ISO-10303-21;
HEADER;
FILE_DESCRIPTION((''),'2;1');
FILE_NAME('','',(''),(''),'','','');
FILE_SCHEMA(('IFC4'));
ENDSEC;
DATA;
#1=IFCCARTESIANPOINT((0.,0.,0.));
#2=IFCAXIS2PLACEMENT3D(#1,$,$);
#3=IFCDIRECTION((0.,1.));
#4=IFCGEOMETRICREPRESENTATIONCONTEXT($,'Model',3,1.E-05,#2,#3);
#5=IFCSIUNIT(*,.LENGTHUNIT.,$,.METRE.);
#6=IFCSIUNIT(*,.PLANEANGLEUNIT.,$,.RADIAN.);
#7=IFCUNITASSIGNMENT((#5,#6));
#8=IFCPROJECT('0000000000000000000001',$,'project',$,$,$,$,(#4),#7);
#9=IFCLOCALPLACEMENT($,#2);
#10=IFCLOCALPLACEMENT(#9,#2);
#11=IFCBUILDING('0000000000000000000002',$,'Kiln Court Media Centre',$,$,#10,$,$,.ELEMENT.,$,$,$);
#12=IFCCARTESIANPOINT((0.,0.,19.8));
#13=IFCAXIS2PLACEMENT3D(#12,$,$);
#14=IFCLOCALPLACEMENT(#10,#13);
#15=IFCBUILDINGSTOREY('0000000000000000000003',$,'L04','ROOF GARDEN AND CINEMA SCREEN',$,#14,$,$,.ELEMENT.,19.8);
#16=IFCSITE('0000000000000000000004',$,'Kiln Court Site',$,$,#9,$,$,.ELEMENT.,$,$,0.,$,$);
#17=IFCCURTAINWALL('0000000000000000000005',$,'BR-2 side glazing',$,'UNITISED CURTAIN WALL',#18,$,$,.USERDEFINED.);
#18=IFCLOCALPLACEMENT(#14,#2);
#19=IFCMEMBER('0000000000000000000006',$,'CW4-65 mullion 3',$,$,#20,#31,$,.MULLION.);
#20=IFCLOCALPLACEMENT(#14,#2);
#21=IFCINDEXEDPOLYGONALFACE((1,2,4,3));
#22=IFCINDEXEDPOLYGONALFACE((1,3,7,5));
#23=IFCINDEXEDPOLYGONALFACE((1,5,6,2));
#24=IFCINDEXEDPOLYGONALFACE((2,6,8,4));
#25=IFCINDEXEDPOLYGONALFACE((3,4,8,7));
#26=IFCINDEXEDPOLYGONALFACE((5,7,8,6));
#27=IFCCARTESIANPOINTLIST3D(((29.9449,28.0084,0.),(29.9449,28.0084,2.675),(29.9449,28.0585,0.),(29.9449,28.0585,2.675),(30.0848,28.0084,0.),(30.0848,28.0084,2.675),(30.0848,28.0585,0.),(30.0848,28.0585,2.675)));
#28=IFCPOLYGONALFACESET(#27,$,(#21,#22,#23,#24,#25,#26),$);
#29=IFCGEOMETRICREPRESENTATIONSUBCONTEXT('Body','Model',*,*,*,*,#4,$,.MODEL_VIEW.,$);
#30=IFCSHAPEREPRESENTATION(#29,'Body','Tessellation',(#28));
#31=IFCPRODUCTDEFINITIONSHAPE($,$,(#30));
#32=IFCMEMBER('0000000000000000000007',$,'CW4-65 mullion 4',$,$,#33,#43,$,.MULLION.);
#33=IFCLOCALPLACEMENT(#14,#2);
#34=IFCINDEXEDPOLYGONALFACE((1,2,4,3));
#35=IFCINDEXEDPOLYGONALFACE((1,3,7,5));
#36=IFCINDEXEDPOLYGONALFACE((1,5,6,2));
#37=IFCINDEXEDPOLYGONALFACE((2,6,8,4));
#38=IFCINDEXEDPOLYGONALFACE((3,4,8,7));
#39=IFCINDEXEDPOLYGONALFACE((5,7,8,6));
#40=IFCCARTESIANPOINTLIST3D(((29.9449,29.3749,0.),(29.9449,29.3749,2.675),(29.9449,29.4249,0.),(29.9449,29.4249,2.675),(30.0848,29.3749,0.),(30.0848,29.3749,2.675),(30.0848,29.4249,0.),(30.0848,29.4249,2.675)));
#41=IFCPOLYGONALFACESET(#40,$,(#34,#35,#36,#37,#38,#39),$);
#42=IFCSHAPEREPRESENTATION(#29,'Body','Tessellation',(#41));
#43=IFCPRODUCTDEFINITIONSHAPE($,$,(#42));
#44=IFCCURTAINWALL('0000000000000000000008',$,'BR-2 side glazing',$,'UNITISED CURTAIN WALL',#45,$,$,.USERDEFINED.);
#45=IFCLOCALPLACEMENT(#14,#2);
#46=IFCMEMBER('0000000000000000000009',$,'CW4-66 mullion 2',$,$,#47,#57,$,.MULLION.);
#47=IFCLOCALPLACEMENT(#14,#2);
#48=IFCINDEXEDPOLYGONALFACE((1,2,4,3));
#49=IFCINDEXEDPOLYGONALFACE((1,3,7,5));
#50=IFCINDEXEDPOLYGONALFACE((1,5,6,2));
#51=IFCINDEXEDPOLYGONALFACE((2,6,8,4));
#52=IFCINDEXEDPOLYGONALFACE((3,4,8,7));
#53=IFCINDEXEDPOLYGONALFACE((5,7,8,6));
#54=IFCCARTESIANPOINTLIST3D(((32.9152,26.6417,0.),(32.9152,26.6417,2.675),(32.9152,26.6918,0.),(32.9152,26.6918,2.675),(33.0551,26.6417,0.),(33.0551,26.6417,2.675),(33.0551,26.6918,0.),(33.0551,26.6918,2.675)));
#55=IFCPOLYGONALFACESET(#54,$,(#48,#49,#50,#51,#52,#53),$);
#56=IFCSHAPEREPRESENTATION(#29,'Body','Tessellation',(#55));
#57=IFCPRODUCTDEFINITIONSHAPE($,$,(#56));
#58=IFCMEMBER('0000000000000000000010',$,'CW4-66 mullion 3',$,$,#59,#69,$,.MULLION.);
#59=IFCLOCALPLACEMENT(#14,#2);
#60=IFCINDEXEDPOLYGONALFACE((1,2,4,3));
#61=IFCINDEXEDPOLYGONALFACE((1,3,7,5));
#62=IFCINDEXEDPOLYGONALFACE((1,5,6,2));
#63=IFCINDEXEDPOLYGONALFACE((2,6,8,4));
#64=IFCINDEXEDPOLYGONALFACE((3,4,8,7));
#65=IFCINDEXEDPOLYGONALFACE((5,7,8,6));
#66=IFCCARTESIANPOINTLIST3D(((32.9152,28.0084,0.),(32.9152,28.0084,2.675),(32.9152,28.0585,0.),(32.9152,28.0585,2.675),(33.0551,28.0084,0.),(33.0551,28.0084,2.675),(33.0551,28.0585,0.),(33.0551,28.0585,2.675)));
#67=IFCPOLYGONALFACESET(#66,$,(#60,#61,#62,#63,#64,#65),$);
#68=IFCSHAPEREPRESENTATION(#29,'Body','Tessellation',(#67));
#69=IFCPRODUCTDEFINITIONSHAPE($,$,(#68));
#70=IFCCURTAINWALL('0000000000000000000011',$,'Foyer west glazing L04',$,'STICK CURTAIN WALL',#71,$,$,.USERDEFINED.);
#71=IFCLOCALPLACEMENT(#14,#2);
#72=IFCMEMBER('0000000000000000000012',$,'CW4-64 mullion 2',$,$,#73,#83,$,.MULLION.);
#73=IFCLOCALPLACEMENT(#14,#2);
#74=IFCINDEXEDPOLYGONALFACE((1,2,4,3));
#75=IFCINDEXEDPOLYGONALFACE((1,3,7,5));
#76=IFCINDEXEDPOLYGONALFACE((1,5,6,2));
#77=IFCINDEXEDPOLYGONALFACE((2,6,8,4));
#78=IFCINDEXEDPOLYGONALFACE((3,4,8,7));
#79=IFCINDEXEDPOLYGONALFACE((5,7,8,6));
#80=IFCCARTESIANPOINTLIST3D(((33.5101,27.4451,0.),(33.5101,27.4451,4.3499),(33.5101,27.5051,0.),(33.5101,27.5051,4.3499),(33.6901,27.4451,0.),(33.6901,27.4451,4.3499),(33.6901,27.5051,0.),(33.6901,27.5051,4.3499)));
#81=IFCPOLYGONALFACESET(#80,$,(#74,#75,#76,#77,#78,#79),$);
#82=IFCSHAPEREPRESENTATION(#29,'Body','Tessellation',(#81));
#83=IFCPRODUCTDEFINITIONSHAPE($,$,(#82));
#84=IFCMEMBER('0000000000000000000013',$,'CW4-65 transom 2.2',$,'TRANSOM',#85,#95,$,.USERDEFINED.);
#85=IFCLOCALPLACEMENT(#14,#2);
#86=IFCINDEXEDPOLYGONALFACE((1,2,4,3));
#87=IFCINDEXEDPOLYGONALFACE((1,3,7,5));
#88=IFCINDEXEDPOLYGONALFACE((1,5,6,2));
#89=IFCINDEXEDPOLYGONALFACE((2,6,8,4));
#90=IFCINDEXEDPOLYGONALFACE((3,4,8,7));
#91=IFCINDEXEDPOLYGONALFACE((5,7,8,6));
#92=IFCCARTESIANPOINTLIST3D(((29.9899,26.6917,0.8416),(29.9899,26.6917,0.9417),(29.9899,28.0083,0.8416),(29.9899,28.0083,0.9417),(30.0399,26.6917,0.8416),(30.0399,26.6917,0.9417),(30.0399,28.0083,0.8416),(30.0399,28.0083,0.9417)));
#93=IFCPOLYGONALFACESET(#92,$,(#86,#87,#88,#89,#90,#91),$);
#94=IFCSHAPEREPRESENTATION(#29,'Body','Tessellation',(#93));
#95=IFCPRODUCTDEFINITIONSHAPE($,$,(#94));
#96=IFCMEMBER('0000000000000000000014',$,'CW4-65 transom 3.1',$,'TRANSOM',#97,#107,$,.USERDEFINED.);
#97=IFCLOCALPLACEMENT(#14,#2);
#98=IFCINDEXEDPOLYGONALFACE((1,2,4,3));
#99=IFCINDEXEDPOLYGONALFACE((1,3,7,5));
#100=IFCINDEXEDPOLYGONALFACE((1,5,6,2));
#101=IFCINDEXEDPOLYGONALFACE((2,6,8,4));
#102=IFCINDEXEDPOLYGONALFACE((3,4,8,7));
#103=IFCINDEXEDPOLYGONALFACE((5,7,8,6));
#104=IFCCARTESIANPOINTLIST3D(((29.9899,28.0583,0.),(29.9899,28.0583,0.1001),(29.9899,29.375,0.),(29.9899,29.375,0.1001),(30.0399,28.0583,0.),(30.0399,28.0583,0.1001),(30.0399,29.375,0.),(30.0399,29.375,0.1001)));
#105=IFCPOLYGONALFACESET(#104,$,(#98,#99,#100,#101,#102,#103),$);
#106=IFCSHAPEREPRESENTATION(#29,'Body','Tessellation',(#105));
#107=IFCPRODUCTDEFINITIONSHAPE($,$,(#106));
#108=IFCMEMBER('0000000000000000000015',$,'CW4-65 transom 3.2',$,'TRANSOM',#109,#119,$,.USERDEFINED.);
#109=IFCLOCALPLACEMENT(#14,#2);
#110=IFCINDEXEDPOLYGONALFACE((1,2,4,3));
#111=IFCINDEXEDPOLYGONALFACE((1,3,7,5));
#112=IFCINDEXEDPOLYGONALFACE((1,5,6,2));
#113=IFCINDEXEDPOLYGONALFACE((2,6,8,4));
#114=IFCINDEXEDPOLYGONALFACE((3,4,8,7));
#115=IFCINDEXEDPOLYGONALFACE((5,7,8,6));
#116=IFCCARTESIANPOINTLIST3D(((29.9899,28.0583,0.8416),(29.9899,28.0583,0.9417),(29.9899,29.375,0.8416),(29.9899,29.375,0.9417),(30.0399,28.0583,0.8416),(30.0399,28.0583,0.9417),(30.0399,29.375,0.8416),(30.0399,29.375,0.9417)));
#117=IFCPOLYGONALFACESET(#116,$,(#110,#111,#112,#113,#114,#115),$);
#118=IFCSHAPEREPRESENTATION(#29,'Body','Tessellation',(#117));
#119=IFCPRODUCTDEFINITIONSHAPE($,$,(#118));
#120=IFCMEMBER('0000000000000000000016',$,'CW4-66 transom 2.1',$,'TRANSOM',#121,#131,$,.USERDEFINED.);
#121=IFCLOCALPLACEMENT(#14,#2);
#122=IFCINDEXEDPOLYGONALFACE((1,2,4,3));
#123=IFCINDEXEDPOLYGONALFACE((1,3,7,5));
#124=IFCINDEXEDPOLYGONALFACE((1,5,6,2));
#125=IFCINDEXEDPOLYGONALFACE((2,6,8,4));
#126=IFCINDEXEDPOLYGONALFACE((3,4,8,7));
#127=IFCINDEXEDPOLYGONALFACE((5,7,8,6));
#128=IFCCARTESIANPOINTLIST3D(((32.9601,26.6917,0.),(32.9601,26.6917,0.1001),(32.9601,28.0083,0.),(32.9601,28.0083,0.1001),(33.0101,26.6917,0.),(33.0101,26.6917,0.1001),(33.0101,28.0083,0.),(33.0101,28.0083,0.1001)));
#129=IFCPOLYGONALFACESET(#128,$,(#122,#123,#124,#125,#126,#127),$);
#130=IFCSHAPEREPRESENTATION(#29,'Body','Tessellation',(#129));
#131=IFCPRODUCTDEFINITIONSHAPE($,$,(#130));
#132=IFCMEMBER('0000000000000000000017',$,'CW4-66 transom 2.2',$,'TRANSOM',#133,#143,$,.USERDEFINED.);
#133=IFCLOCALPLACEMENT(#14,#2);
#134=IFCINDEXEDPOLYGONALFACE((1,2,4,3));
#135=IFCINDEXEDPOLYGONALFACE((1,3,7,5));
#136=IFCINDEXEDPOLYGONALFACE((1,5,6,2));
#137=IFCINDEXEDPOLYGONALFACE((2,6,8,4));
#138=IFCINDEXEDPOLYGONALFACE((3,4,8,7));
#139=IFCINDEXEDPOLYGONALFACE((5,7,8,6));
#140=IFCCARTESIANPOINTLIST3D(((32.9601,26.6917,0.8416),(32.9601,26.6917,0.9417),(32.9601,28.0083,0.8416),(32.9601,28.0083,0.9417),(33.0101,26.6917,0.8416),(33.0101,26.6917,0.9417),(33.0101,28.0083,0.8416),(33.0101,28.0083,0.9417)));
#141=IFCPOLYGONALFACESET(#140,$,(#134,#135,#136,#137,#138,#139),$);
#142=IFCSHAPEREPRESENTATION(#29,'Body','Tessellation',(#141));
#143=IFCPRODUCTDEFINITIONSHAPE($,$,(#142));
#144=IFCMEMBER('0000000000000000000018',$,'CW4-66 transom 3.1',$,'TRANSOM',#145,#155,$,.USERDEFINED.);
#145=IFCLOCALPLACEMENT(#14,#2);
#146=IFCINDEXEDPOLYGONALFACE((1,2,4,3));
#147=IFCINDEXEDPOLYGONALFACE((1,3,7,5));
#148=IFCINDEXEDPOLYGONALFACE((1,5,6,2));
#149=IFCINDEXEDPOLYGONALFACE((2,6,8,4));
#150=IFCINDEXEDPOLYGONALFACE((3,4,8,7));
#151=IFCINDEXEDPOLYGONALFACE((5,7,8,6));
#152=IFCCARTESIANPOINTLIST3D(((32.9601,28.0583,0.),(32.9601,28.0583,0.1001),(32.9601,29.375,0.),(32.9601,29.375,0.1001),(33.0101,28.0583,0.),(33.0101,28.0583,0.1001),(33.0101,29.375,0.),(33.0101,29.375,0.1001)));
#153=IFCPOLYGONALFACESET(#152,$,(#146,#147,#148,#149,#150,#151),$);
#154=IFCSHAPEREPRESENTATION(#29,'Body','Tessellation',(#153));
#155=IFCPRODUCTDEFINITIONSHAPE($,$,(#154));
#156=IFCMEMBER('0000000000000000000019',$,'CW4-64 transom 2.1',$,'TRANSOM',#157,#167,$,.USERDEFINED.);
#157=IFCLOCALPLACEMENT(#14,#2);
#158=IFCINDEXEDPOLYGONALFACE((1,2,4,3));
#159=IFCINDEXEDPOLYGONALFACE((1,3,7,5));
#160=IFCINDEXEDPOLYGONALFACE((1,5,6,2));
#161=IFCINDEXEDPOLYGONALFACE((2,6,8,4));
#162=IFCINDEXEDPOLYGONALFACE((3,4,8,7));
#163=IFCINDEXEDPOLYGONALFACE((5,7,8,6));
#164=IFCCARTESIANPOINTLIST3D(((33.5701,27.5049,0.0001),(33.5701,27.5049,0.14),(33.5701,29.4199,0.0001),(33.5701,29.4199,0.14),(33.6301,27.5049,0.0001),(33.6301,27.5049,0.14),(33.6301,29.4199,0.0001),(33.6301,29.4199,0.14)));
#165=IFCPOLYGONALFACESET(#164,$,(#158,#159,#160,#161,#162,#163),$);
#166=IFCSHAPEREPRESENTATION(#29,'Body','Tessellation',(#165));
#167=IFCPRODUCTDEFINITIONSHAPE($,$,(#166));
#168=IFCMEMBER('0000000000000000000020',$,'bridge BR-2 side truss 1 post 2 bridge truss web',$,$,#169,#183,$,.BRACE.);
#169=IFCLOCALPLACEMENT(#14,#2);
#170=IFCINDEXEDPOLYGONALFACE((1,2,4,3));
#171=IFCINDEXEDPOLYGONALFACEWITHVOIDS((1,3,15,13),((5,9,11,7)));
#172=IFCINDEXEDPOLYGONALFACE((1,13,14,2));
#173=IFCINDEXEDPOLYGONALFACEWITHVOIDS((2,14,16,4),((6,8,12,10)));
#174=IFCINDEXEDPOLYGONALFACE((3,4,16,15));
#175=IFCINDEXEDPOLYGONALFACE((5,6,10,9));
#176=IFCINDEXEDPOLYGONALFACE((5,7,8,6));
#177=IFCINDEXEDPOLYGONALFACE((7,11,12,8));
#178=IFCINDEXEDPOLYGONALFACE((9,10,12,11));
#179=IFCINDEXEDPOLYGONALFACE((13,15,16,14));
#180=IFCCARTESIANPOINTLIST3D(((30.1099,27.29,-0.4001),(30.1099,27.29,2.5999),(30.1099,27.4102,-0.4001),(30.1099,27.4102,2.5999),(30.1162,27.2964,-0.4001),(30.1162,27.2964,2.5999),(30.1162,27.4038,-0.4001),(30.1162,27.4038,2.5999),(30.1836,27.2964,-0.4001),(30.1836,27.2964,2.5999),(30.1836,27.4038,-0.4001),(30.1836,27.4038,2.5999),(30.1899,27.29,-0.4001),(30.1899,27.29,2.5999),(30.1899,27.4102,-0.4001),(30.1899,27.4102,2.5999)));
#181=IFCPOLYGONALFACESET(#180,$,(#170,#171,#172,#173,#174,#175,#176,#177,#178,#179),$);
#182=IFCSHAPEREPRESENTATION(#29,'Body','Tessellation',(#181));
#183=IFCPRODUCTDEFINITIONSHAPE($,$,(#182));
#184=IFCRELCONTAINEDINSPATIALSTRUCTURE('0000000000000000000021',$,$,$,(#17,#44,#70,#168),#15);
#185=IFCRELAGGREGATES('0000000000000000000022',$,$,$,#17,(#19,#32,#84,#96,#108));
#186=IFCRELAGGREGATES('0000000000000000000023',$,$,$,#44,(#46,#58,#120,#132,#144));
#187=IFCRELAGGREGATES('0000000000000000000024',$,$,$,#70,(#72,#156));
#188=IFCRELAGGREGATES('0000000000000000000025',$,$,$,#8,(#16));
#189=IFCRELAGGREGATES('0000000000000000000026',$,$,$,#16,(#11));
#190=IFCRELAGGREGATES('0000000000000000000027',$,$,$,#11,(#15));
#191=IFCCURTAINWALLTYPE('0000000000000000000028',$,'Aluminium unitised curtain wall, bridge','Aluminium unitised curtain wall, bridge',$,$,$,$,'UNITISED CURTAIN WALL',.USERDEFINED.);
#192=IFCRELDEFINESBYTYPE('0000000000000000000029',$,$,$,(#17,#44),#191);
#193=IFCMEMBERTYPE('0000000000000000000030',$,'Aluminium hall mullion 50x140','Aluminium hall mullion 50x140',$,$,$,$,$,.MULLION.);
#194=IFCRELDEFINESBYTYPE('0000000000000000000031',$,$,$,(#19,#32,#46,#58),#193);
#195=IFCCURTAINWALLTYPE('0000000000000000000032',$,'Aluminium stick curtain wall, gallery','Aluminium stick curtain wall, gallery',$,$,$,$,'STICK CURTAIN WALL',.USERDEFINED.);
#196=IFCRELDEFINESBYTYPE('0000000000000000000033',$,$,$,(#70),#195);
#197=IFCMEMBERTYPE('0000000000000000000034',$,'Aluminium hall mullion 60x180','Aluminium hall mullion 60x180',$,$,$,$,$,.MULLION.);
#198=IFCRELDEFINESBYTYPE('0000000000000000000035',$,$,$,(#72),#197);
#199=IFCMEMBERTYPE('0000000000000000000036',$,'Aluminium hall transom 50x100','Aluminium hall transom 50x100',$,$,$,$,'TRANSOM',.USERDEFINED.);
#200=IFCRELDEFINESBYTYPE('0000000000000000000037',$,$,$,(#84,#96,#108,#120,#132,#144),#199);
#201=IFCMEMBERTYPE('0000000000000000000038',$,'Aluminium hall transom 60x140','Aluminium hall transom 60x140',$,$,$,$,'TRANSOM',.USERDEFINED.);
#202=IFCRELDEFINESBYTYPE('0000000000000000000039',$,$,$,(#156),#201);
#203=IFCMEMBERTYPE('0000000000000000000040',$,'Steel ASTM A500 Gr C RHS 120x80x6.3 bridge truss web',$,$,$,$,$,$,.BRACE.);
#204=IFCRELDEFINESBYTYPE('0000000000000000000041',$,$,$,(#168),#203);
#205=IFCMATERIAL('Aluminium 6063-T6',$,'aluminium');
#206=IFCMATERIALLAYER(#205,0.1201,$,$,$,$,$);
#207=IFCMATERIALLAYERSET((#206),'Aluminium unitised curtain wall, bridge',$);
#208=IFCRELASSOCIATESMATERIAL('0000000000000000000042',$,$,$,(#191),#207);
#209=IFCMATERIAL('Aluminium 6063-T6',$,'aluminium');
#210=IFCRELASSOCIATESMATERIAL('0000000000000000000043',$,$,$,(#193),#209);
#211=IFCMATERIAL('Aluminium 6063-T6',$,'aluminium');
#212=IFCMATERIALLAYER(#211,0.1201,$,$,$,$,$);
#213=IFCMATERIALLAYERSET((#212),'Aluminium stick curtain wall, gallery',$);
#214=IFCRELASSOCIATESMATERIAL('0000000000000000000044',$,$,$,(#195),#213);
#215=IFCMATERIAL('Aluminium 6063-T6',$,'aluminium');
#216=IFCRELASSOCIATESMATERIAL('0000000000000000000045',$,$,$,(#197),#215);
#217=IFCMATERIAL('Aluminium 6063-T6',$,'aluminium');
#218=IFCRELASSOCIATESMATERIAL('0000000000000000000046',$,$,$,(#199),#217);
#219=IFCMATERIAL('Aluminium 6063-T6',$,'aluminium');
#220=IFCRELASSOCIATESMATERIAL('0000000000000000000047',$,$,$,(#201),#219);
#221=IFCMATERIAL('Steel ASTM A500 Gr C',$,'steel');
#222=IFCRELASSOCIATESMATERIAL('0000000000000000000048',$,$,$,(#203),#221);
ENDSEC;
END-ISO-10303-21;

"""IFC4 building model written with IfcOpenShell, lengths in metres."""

from ifc_helpers import new_model, si_unit, direction, frame, origin, origin_2d, place, context, subcontext, project, spatial, rectangle, hollow_rectangle, extrude, material, layer, layer_set, material_profile, profile_set, type_object, element, aggregate, save


model = new_model("IFC4")

# Units and contexts
model_context = context("Model", 3, precision=1e-05, world=origin(), true_north=direction((0.0, 1.0)))
body_context = subcontext(model_context, "Body", "Model", "MODEL_VIEW")
ifc_project = project(units=[si_unit("LENGTHUNIT", "METRE"), si_unit("PLANEANGLEUNIT", "RADIAN")], contexts=[model_context])

# Site, building, storey
site_placement = place(None, origin())
site = spatial("IfcSite", under=ifc_project, at=site_placement, Name="Kiln Court Site", CompositionType="ELEMENT", RefElevation=0.0)
building_placement = place(site_placement, origin())
building = spatial("IfcBuilding", under=site, at=building_placement, Name="Kiln Court Media Centre", CompositionType="ELEMENT")
storey_placement = place(building_placement, frame((0.0, 0.0, 19.8)))
storey = spatial("IfcBuildingStorey", under=building, at=storey_placement, Name="L04", Description="ROOF GARDEN AND CINEMA SCREEN", CompositionType="ELEMENT", Elevation=19.8)

# Curtain walls, members
ifc_material_1 = material(Name="Aluminium 6063-T6", Category="aluminium")
ifc_layer_1 = layer(ifc_material_1, 0.1201)
ifc_layer_set_1 = layer_set([ifc_layer_1], Name="Aluminium unitised curtain wall, bridge")
curtain_wall_type_1 = type_object("IfcCurtainWallType", Name="Aluminium unitised curtain wall, bridge", Description="Aluminium unitised curtain wall, bridge", ElementType="UNITISED CURTAIN WALL", PredefinedType="USERDEFINED", material=ifc_layer_set_1)
curtain_wall_1_placement = place(storey_placement, origin())
curtain_wall_1 = element("IfcCurtainWall", 1, at=curtain_wall_1_placement, inside=storey, type_object=curtain_wall_type_1, Name="BR-2 side glazing", ObjectType="UNITISED CURTAIN WALL", PredefinedType="USERDEFINED")
ifc_material_2 = material(Name="Aluminium 6063-T6", Category="aluminium")
ifc_material_profile_1 = material_profile(ifc_material_2, rectangle(XDim=0.05, YDim=0.1399, at=origin_2d()), Name="Aluminium hall mullion 50x140")
ifc_profile_set_1 = profile_set([ifc_material_profile_1], Name="Aluminium 6063-T6")
member_type_1 = type_object("IfcMemberType", Name="Aluminium hall mullion 50x140", Description="Aluminium hall mullion 50x140", PredefinedType="MULLION", material=ifc_profile_set_1)
member_1_placement = place(storey_placement, frame((30.0149, 28.0334, 0.0), z_axis=(0.0, 0.0, 1.0), x_axis=(0.0, 1.0, 0.0)))
member_1 = element("IfcMember", 2, at=member_1_placement, type_object=member_type_1, Name="CW4-65 mullion 3", PredefinedType="MULLION", context=body_context, shape_type="SweptSolid", body=[
    extrude(rectangle(XDim=0.05, YDim=0.1399, at=origin_2d()), origin(), (0.0, 0.0, 1.0), 2.675),
])
member_2_placement = place(storey_placement, frame((30.0149, 29.3999, 0.0), z_axis=(0.0, 0.0, 1.0), x_axis=(0.0, 1.0, 0.0)))
member_2 = element("IfcMember", 3, at=member_2_placement, type_object=member_type_1, Name="CW4-65 mullion 4", PredefinedType="MULLION", context=body_context, shape_type="SweptSolid", body=[
    extrude(rectangle(XDim=0.05, YDim=0.1399, at=origin_2d()), origin(), (0.0, 0.0, 1.0), 2.675),
])
curtain_wall_2_placement = place(storey_placement, origin())
curtain_wall_2 = element("IfcCurtainWall", 4, at=curtain_wall_2_placement, inside=storey, type_object=curtain_wall_type_1, Name="BR-2 side glazing", ObjectType="UNITISED CURTAIN WALL", PredefinedType="USERDEFINED")
member_3_placement = place(storey_placement, frame((32.9851, 26.6667, 0.0), z_axis=(0.0, 0.0, 1.0), x_axis=(0.0, 1.0, 0.0)))
member_3 = element("IfcMember", 5, at=member_3_placement, type_object=member_type_1, Name="CW4-66 mullion 2", PredefinedType="MULLION", context=body_context, shape_type="SweptSolid", body=[
    extrude(rectangle(XDim=0.05, YDim=0.1399, at=origin_2d()), origin(), (0.0, 0.0, 1.0), 2.675),
])
member_4_placement = place(storey_placement, frame((32.9851, 28.0334, 0.0), z_axis=(0.0, 0.0, 1.0), x_axis=(0.0, 1.0, 0.0)))
member_4 = element("IfcMember", 6, at=member_4_placement, type_object=member_type_1, Name="CW4-66 mullion 3", PredefinedType="MULLION", context=body_context, shape_type="SweptSolid", body=[
    extrude(rectangle(XDim=0.05, YDim=0.1399, at=origin_2d()), origin(), (0.0, 0.0, 1.0), 2.675),
])

# Curtain wall, member
ifc_material_3 = material(Name="Aluminium 6063-T6", Category="aluminium")
ifc_layer_2 = layer(ifc_material_3, 0.1201)
ifc_layer_set_2 = layer_set([ifc_layer_2], Name="Aluminium stick curtain wall, gallery")
curtain_wall_type_2 = type_object("IfcCurtainWallType", Name="Aluminium stick curtain wall, gallery", Description="Aluminium stick curtain wall, gallery", ElementType="STICK CURTAIN WALL", PredefinedType="USERDEFINED", material=ifc_layer_set_2)
curtain_wall_3_placement = place(storey_placement, origin())
curtain_wall_3 = element("IfcCurtainWall", 7, at=curtain_wall_3_placement, inside=storey, type_object=curtain_wall_type_2, Name="Foyer west glazing L04", ObjectType="STICK CURTAIN WALL", PredefinedType="USERDEFINED")
ifc_material_4 = material(Name="Aluminium 6063-T6", Category="aluminium")
ifc_material_profile_2 = material_profile(ifc_material_4, rectangle(XDim=0.0601, YDim=0.1799, at=origin_2d()), Name="Aluminium hall mullion 60x180")
ifc_profile_set_2 = profile_set([ifc_material_profile_2], Name="Aluminium 6063-T6")
member_type_2 = type_object("IfcMemberType", Name="Aluminium hall mullion 60x180", Description="Aluminium hall mullion 60x180", PredefinedType="MULLION", material=ifc_profile_set_2)
member_5_placement = place(storey_placement, frame((33.6001, 27.4751, 0.0), z_axis=(0.0, 0.0, 1.0), x_axis=(0.0, 1.0, 0.0)))
member_5 = element("IfcMember", 8, at=member_5_placement, type_object=member_type_2, Name="CW4-64 mullion 2", PredefinedType="MULLION", context=body_context, shape_type="SweptSolid", body=[
    extrude(rectangle(XDim=0.0601, YDim=0.1799, at=origin_2d()), origin(), (0.0, 0.0, 1.0), 4.3499),
])

# Members
ifc_material_5 = material(Name="Aluminium 6063-T6", Category="aluminium")
ifc_material_profile_3 = material_profile(ifc_material_5, rectangle(XDim=0.05, YDim=0.1001, at=origin_2d()), Name="Aluminium hall transom 50x100")
ifc_profile_set_3 = profile_set([ifc_material_profile_3], Name="Aluminium 6063-T6")
member_type_3 = type_object("IfcMemberType", Name="Aluminium hall transom 50x100", Description="Aluminium hall transom 50x100", ElementType="TRANSOM", PredefinedType="USERDEFINED", material=ifc_profile_set_3)
member_6_placement = place(storey_placement, frame((30.0149, 26.6917, 0.8916), z_axis=(0.0, 1.0, 0.0), x_axis=(-1.0, 0.0, 0.0)))
member_6 = element("IfcMember", 9, at=member_6_placement, type_object=member_type_3, Name="CW4-65 transom 2.2", ObjectType="TRANSOM", PredefinedType="USERDEFINED", context=body_context, shape_type="SweptSolid", body=[
    extrude(rectangle(XDim=0.05, YDim=0.1001, at=origin_2d()), origin(), (0.0, 0.0, 1.0), 1.3167),
])
member_7_placement = place(storey_placement, frame((30.0149, 28.0583, 0.05), z_axis=(0.0, 1.0, 0.0), x_axis=(-1.0, 0.0, 0.0)))
member_7 = element("IfcMember", 10, at=member_7_placement, type_object=member_type_3, Name="CW4-65 transom 3.1", ObjectType="TRANSOM", PredefinedType="USERDEFINED", context=body_context, shape_type="SweptSolid", body=[
    extrude(rectangle(XDim=0.05, YDim=0.1001, at=origin_2d()), origin(), (0.0, 0.0, 1.0), 1.3167),
])
member_8_placement = place(storey_placement, frame((30.0149, 28.0583, 0.8916), z_axis=(0.0, 1.0, 0.0), x_axis=(-1.0, 0.0, 0.0)))
member_8 = element("IfcMember", 11, at=member_8_placement, type_object=member_type_3, Name="CW4-65 transom 3.2", ObjectType="TRANSOM", PredefinedType="USERDEFINED", context=body_context, shape_type="SweptSolid", body=[
    extrude(rectangle(XDim=0.05, YDim=0.1001, at=origin_2d()), origin(), (0.0, 0.0, 1.0), 1.3167),
])
member_9_placement = place(storey_placement, frame((32.9851, 26.6917, 0.05), z_axis=(0.0, 1.0, 0.0), x_axis=(-1.0, 0.0, 0.0)))
member_9 = element("IfcMember", 12, at=member_9_placement, type_object=member_type_3, Name="CW4-66 transom 2.1", ObjectType="TRANSOM", PredefinedType="USERDEFINED", context=body_context, shape_type="SweptSolid", body=[
    extrude(rectangle(XDim=0.05, YDim=0.1001, at=origin_2d()), origin(), (0.0, 0.0, 1.0), 1.3167),
])
member_10_placement = place(storey_placement, frame((32.9851, 26.6917, 0.8916), z_axis=(0.0, 1.0, 0.0), x_axis=(-1.0, 0.0, 0.0)))
member_10 = element("IfcMember", 13, at=member_10_placement, type_object=member_type_3, Name="CW4-66 transom 2.2", ObjectType="TRANSOM", PredefinedType="USERDEFINED", context=body_context, shape_type="SweptSolid", body=[
    extrude(rectangle(XDim=0.05, YDim=0.1001, at=origin_2d()), origin(), (0.0, 0.0, 1.0), 1.3167),
])
member_11_placement = place(storey_placement, frame((32.9851, 28.0583, 0.05), z_axis=(0.0, 1.0, 0.0), x_axis=(-1.0, 0.0, 0.0)))
member_11 = element("IfcMember", 14, at=member_11_placement, type_object=member_type_3, Name="CW4-66 transom 3.1", ObjectType="TRANSOM", PredefinedType="USERDEFINED", context=body_context, shape_type="SweptSolid", body=[
    extrude(rectangle(XDim=0.05, YDim=0.1001, at=origin_2d()), origin(), (0.0, 0.0, 1.0), 1.3167),
])
ifc_material_6 = material(Name="Aluminium 6063-T6", Category="aluminium")
ifc_material_profile_4 = material_profile(ifc_material_6, rectangle(XDim=0.0601, YDim=0.1399, at=origin_2d()), Name="Aluminium hall transom 60x140")
ifc_profile_set_4 = profile_set([ifc_material_profile_4], Name="Aluminium 6063-T6")
member_type_4 = type_object("IfcMemberType", Name="Aluminium hall transom 60x140", Description="Aluminium hall transom 60x140", ElementType="TRANSOM", PredefinedType="USERDEFINED", material=ifc_profile_set_4)
member_12_placement = place(storey_placement, frame((33.6001, 27.5049, 0.0701), z_axis=(0.0, 1.0, 0.0), x_axis=(-1.0, 0.0, 0.0)))
member_12 = element("IfcMember", 15, at=member_12_placement, type_object=member_type_4, Name="CW4-64 transom 2.1", ObjectType="TRANSOM", PredefinedType="USERDEFINED", context=body_context, shape_type="SweptSolid", body=[
    extrude(rectangle(XDim=0.0601, YDim=0.1399, at=origin_2d()), origin(), (0.0, 0.0, 1.0), 1.915),
])

# Member
ifc_material_7 = material(Name="Steel ASTM A500 Gr C", Category="steel")
ifc_material_profile_5 = material_profile(ifc_material_7, hollow_rectangle(XDim=0.0801, YDim=0.1201, WallThickness=0.0063, at=origin_2d()), Name="RHS 120x80x6.3")
ifc_profile_set_5 = profile_set([ifc_material_profile_5], Name="Steel ASTM A500 Gr C")
member_type_5 = type_object("IfcMemberType", Name="Steel ASTM A500 Gr C RHS 120x80x6.3 bridge truss web", PredefinedType="BRACE", material=ifc_profile_set_5)
for number, where, z_axis, x_axis, name in (
    (16, (30.1499, 27.3501, -0.4001), (0.0, 0.0, 1.0), (1.0, 0.0, 0.0), "bridge BR-2 side truss 1 post 2 bridge truss web"),
):
    element("IfcMember", number, at=place(storey_placement, frame(where, z_axis=z_axis, x_axis=x_axis)), inside=storey, type_object=member_type_5, Name=name, PredefinedType="BRACE", context=body_context, shape_type="SweptSolid", body=[
        extrude(hollow_rectangle(XDim=0.0801, YDim=0.1201, WallThickness=0.0063, at=origin_2d()), origin(), (0.0, 0.0, 1.0), 3.0),
    ])

aggregate(curtain_wall_1, [member_1, member_2, member_6, member_7, member_8])
aggregate(curtain_wall_2, [member_3, member_4, member_9, member_10, member_11])
aggregate(curtain_wall_3, [member_5, member_12])

save(model, "model.ifc")
